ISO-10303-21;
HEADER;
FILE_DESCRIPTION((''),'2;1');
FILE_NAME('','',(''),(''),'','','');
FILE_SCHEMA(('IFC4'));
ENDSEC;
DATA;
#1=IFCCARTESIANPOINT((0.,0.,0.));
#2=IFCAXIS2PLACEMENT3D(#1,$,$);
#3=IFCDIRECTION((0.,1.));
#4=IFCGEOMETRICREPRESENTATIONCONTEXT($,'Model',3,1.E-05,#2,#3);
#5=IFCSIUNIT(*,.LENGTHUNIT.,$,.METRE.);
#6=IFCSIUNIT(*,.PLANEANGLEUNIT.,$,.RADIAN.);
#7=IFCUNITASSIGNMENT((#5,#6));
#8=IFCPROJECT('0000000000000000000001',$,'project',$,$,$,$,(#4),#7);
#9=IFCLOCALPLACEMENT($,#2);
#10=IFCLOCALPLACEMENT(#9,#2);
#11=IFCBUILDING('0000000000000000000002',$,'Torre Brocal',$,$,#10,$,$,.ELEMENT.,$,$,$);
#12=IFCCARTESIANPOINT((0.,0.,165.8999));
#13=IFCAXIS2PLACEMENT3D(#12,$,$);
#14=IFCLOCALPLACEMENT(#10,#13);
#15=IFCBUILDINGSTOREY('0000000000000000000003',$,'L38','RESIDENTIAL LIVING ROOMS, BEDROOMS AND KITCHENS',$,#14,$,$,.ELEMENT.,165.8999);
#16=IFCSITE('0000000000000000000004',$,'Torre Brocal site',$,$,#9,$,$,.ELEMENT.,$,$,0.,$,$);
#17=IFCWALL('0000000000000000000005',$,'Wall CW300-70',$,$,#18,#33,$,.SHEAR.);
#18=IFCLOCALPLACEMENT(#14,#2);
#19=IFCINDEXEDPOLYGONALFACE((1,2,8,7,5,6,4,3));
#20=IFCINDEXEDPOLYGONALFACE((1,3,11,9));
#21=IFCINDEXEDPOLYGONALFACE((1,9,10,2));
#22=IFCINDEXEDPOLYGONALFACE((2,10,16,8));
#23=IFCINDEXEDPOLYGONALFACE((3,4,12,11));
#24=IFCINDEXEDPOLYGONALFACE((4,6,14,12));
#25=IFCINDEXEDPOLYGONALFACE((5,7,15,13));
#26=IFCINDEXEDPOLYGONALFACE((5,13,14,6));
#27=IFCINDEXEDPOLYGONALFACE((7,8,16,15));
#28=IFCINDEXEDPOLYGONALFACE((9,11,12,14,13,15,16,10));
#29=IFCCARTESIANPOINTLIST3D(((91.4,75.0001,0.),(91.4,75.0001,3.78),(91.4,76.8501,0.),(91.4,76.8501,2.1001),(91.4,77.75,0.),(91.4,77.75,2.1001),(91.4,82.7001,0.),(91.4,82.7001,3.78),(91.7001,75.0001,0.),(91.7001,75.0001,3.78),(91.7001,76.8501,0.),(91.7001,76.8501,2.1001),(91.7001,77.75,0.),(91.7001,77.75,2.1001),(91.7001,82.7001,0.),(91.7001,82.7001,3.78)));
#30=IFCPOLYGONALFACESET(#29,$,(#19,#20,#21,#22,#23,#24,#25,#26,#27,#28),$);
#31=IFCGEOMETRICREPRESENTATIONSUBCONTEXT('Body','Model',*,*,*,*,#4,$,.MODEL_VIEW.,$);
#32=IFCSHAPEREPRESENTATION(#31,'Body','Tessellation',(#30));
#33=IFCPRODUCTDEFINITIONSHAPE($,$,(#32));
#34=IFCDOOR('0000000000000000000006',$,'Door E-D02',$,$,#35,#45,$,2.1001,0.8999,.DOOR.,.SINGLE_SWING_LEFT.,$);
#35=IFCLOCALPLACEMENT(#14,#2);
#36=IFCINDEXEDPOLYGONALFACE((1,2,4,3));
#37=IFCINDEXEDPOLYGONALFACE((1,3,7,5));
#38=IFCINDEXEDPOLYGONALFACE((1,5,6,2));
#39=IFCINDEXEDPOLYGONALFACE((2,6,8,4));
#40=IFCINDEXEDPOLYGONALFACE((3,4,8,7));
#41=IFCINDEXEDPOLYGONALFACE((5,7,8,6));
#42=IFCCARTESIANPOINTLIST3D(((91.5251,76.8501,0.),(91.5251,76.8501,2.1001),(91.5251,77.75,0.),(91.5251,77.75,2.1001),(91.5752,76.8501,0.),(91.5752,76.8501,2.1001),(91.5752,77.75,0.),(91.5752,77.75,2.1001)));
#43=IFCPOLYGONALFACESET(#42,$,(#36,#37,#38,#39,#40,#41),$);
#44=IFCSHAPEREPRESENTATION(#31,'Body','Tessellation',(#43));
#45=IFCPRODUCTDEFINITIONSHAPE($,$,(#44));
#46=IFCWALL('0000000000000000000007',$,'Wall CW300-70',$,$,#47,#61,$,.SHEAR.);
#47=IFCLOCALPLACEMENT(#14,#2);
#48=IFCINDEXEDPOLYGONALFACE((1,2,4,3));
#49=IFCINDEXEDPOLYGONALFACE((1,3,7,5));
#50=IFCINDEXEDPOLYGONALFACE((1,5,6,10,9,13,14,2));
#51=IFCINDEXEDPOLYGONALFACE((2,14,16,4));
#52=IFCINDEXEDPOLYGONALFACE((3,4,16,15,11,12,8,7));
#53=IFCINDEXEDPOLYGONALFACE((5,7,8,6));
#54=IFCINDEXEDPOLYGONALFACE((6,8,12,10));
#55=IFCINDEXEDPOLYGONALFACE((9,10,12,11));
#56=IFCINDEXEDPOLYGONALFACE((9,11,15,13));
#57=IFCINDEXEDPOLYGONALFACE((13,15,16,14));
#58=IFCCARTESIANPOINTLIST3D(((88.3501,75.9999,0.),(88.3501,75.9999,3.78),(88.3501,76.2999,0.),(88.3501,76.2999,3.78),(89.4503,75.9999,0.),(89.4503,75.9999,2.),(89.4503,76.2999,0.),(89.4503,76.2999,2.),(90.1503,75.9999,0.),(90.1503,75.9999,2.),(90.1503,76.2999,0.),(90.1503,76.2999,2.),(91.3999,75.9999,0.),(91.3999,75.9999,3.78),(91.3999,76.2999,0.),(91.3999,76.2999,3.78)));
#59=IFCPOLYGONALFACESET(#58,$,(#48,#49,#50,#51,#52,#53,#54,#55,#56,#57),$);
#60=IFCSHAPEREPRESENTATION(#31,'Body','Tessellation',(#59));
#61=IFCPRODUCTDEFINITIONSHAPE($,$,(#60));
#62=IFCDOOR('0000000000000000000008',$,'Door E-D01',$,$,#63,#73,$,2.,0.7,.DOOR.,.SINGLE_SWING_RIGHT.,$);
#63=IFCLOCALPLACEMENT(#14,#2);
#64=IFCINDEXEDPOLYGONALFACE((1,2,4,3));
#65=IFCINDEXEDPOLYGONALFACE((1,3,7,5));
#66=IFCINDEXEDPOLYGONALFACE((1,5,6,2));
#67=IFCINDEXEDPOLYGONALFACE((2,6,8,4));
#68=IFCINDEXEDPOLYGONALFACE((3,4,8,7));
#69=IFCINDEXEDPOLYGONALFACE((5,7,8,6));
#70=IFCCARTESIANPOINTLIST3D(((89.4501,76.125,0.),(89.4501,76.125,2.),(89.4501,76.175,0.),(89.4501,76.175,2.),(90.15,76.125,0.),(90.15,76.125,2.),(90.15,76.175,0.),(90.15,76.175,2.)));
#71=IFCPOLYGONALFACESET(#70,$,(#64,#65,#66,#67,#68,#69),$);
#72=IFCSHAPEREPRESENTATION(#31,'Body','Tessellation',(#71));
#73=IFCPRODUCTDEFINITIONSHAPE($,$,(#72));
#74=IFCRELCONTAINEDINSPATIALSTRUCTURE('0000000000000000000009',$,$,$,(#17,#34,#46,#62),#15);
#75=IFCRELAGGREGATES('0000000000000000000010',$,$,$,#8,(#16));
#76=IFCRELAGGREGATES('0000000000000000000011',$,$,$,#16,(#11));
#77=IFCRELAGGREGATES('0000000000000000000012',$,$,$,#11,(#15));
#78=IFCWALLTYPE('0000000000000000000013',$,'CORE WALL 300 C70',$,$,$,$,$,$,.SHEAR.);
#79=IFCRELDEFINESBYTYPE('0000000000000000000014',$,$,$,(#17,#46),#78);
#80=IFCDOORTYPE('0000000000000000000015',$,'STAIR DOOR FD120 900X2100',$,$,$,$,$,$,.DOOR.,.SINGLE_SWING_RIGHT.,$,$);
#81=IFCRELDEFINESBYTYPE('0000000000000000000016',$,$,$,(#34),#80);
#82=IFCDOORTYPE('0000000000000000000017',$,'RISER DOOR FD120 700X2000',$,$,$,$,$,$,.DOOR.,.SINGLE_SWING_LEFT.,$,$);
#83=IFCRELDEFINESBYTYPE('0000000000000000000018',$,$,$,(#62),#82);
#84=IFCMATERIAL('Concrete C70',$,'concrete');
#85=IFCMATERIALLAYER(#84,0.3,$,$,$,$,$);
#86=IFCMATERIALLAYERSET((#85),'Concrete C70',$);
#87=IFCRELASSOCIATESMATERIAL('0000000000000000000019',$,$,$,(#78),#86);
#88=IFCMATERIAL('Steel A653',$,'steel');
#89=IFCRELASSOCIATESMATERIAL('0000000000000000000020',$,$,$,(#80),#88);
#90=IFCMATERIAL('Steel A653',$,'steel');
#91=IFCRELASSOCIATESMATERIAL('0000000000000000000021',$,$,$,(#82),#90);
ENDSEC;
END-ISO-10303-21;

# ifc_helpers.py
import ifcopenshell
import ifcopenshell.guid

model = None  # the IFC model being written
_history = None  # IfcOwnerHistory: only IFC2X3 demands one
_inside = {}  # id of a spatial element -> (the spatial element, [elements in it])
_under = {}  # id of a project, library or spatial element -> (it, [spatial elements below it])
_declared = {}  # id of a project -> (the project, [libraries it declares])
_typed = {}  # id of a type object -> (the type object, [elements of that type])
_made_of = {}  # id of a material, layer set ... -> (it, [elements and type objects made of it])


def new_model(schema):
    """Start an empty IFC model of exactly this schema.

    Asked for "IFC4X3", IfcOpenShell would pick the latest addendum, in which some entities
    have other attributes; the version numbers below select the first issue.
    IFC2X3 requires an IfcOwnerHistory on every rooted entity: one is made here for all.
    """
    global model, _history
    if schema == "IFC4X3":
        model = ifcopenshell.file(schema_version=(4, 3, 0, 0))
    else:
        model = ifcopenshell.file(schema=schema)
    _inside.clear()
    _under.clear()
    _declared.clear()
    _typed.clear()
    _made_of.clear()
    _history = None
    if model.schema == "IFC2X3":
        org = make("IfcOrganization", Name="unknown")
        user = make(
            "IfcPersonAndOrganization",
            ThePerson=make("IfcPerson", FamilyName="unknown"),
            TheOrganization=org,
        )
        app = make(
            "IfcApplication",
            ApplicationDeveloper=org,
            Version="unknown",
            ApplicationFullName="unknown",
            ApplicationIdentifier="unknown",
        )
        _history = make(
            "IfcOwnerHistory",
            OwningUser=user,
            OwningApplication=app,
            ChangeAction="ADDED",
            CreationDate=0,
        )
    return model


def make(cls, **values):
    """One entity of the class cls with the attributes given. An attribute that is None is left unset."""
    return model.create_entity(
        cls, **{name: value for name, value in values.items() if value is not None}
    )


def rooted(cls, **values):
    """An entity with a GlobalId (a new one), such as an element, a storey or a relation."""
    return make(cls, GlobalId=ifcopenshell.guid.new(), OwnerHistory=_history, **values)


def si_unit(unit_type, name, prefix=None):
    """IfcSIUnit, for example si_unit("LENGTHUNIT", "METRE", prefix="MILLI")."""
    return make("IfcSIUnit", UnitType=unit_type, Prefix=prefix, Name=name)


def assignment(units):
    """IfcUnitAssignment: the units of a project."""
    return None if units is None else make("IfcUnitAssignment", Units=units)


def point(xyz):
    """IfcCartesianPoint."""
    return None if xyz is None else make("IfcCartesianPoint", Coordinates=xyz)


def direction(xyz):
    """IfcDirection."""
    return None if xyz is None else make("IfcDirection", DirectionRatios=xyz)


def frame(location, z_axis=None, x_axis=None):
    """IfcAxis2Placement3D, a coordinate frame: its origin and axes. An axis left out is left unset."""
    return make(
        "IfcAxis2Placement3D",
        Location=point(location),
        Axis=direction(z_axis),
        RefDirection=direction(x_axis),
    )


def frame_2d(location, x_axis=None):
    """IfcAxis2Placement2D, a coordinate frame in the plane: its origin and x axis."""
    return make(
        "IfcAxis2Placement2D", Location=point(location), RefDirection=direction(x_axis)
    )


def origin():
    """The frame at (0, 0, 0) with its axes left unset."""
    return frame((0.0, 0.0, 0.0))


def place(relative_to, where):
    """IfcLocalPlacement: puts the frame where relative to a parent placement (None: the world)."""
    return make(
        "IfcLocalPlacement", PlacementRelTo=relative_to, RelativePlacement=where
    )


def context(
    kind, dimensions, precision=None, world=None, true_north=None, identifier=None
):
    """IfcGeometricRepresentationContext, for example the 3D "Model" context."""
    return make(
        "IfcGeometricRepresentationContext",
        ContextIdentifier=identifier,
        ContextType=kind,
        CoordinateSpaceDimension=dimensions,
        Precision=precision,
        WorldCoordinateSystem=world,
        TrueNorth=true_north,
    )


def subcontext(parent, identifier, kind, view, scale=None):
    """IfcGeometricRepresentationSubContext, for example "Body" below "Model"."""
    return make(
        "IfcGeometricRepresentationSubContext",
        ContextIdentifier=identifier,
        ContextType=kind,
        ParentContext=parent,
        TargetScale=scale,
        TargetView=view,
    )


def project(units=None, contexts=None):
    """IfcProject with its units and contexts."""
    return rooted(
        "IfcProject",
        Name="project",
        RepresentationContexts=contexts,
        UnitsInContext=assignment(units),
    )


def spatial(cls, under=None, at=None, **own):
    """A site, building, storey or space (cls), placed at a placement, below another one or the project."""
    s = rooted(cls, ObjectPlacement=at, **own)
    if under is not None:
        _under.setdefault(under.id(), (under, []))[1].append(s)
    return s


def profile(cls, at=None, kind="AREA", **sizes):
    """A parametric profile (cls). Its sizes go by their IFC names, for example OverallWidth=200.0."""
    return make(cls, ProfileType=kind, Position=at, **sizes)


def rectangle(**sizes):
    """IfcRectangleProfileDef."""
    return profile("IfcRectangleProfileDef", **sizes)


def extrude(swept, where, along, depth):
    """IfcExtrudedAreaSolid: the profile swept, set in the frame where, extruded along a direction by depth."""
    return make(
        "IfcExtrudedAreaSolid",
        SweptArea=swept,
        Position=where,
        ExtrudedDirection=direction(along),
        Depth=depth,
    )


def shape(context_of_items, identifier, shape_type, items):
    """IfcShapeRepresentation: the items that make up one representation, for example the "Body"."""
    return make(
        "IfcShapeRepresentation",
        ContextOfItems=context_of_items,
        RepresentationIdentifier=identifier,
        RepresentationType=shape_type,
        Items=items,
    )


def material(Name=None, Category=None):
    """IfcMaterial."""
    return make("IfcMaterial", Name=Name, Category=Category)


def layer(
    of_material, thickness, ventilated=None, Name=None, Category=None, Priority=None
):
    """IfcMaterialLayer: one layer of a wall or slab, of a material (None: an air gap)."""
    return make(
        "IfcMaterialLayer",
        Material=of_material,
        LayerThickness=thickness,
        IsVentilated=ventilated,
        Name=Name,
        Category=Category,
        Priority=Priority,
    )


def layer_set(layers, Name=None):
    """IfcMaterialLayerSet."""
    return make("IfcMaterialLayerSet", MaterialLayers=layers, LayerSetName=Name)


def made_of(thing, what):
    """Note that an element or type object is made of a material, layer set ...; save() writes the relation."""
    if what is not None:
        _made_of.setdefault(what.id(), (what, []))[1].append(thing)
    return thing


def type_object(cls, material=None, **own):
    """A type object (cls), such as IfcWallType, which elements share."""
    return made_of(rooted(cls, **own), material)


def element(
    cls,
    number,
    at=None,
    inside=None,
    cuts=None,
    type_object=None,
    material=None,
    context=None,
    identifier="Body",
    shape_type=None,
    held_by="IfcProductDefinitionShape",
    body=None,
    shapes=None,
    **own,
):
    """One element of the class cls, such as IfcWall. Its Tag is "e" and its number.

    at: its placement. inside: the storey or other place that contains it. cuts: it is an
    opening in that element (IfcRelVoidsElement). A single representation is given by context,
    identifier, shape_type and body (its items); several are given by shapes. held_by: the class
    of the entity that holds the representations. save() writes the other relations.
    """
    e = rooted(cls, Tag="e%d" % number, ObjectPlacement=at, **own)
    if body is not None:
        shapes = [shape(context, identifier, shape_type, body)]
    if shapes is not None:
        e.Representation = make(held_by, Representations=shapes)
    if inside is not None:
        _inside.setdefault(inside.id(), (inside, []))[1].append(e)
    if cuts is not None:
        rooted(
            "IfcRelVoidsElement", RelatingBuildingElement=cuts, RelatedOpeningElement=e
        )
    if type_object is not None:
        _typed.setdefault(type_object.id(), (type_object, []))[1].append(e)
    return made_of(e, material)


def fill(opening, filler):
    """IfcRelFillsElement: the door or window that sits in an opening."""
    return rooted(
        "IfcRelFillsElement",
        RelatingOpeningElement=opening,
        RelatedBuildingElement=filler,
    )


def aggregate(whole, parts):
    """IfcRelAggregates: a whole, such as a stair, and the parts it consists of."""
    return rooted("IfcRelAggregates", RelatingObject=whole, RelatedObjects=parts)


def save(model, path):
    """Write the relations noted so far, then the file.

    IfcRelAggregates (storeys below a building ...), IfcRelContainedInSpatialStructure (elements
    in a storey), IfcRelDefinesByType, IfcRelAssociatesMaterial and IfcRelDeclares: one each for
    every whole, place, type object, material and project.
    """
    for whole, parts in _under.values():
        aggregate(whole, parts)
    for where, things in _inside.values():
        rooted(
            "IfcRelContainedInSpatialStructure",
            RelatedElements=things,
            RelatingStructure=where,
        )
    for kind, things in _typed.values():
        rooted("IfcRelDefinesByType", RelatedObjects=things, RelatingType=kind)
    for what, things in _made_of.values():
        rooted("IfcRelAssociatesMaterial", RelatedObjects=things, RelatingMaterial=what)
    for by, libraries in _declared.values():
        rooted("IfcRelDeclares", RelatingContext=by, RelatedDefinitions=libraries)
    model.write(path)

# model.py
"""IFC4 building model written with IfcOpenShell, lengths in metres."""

from ifc_helpers import new_model, si_unit, direction, frame, frame_2d, origin, place, context, subcontext, project, spatial, rectangle, extrude, material, layer, layer_set, type_object, element, fill, save


model = new_model("IFC4")

# Units and contexts
model_context = context("Model", 3, precision=1e-05, world=origin(), true_north=direction((0.0, 1.0)))
body_context = subcontext(model_context, "Body", "Model", "MODEL_VIEW")
ifc_project = project(units=[si_unit("LENGTHUNIT", "METRE"), si_unit("PLANEANGLEUNIT", "RADIAN")], contexts=[model_context])

# Site, building, storey
site_placement = place(None, origin())
site = spatial("IfcSite", under=ifc_project, at=site_placement, Name="Torre Brocal site", CompositionType="ELEMENT", RefElevation=0.0)
building_placement = place(site_placement, origin())
building = spatial("IfcBuilding", under=site, at=building_placement, Name="Torre Brocal", CompositionType="ELEMENT")
storey_placement = place(building_placement, frame((0.0, 0.0, 165.8999)))
storey = spatial("IfcBuildingStorey", under=building, at=storey_placement, Name="L38", Description="RESIDENTIAL LIVING ROOMS, BEDROOMS AND KITCHENS", CompositionType="ELEMENT", Elevation=165.8999)

# Walls, openings, doors
ifc_material_1 = material(Name="Concrete C70", Category="concrete")
ifc_layer_1 = layer(ifc_material_1, 0.3)
ifc_layer_set_1 = layer_set([ifc_layer_1], Name="Concrete C70")
wall_type_1 = type_object("IfcWallType", Name="CORE WALL 300 C70", PredefinedType="SHEAR", material=ifc_layer_set_1)
wall_1_placement = place(storey_placement, frame((91.55, 75.0, 0.0), z_axis=(0.0, 0.0, 1.0), x_axis=(0.0, 1.0, 0.0)))
wall_1 = element("IfcWall", 1, at=wall_1_placement, inside=storey, type_object=wall_type_1, Name="Wall CW300-70", PredefinedType="SHEAR", context=body_context, shape_type="SweptSolid", body=[
    extrude(rectangle(XDim=7.7, YDim=0.3, at=frame_2d((3.8501, 0.0))), origin(), (0.0, 0.0, 1.0), 3.78),
])
opening_1_placement = place(wall_1_placement, frame((1.8501, 0.0, 0.0)))
opening_1 = element("IfcOpeningElement", 2, at=opening_1_placement, cuts=wall_1, PredefinedType="OPENING", context=body_context, shape_type="SweptSolid", body=[
    extrude(rectangle(XDim=0.8999, YDim=2.1001, at=frame_2d((0.45, 1.05))), frame((0.0, 0.1599, 0.0), z_axis=(0.0, -1.0, 0.0), x_axis=(1.0, 0.0, 0.0)), (0.0, 0.0, 1.0), 0.3201),
])
ifc_material_2 = material(Name="Steel A653", Category="steel")
door_type_1 = type_object("IfcDoorType", Name="STAIR DOOR FD120 900X2100", OperationType="SINGLE_SWING_RIGHT", PredefinedType="DOOR", material=ifc_material_2)
door_1_placement = place(opening_1_placement, origin())
door_1 = element("IfcDoor", 3, at=door_1_placement, inside=storey, type_object=door_type_1, Name="Door E-D02", OperationType="SINGLE_SWING_LEFT", OverallHeight=2.1001, OverallWidth=0.8999, PredefinedType="DOOR", context=body_context, shape_type="SweptSolid", body=[
    extrude(rectangle(XDim=0.8999, YDim=2.1001, at=frame_2d((0.45, 1.05))), frame((0.0, 0.0249, 0.0), z_axis=(0.0, -1.0, 0.0), x_axis=(1.0, 0.0, 0.0)), (0.0, 0.0, 1.0), 0.05),
])
fill(opening_1, door_1)
wall_2_placement = place(storey_placement, frame((88.3501, 76.1499, 0.0), z_axis=(0.0, 0.0, 1.0), x_axis=(1.0, 0.0, 0.0)))
wall_2 = element("IfcWall", 4, at=wall_2_placement, inside=storey, type_object=wall_type_1, Name="Wall CW300-70", PredefinedType="SHEAR", context=body_context, shape_type="SweptSolid", body=[
    extrude(rectangle(XDim=3.0498, YDim=0.3, at=frame_2d((1.5249, 0.0))), origin(), (0.0, 0.0, 1.0), 3.78),
])
opening_2_placement = place(wall_2_placement, frame((1.1001, 0.0, 0.0)))
opening_2 = element("IfcOpeningElement", 5, at=opening_2_placement, cuts=wall_2, PredefinedType="OPENING", context=body_context, shape_type="SweptSolid", body=[
    extrude(rectangle(XDim=0.7, YDim=2.0, at=frame_2d((0.3501, 1.0))), frame((0.0, 0.1599, 0.0), z_axis=(0.0, -1.0, 0.0), x_axis=(1.0, 0.0, 0.0)), (0.0, 0.0, 1.0), 0.3201),
])
ifc_material_3 = material(Name="Steel A653", Category="steel")
door_type_2 = type_object("IfcDoorType", Name="RISER DOOR FD120 700X2000", OperationType="SINGLE_SWING_LEFT", PredefinedType="DOOR", material=ifc_material_3)
door_2_placement = place(opening_2_placement, frame((0.7, 0.0, 0.0), z_axis=(0.0, 0.0, 1.0), x_axis=(-1.0, 0.0, 0.0)))
door_2 = element("IfcDoor", 6, at=door_2_placement, inside=storey, type_object=door_type_2, Name="Door E-D01", OperationType="SINGLE_SWING_RIGHT", OverallHeight=2.0, OverallWidth=0.7, PredefinedType="DOOR", context=body_context, shape_type="SweptSolid", body=[
    extrude(rectangle(XDim=0.7, YDim=2.0, at=frame_2d((0.3501, 1.0))), frame((0.0, 0.0249, 0.0), z_axis=(0.0, -1.0, 0.0), x_axis=(1.0, 0.0, 0.0)), (0.0, 0.0, 1.0), 0.05),
])
fill(opening_2, door_2)

save(model, "model.ifc")
